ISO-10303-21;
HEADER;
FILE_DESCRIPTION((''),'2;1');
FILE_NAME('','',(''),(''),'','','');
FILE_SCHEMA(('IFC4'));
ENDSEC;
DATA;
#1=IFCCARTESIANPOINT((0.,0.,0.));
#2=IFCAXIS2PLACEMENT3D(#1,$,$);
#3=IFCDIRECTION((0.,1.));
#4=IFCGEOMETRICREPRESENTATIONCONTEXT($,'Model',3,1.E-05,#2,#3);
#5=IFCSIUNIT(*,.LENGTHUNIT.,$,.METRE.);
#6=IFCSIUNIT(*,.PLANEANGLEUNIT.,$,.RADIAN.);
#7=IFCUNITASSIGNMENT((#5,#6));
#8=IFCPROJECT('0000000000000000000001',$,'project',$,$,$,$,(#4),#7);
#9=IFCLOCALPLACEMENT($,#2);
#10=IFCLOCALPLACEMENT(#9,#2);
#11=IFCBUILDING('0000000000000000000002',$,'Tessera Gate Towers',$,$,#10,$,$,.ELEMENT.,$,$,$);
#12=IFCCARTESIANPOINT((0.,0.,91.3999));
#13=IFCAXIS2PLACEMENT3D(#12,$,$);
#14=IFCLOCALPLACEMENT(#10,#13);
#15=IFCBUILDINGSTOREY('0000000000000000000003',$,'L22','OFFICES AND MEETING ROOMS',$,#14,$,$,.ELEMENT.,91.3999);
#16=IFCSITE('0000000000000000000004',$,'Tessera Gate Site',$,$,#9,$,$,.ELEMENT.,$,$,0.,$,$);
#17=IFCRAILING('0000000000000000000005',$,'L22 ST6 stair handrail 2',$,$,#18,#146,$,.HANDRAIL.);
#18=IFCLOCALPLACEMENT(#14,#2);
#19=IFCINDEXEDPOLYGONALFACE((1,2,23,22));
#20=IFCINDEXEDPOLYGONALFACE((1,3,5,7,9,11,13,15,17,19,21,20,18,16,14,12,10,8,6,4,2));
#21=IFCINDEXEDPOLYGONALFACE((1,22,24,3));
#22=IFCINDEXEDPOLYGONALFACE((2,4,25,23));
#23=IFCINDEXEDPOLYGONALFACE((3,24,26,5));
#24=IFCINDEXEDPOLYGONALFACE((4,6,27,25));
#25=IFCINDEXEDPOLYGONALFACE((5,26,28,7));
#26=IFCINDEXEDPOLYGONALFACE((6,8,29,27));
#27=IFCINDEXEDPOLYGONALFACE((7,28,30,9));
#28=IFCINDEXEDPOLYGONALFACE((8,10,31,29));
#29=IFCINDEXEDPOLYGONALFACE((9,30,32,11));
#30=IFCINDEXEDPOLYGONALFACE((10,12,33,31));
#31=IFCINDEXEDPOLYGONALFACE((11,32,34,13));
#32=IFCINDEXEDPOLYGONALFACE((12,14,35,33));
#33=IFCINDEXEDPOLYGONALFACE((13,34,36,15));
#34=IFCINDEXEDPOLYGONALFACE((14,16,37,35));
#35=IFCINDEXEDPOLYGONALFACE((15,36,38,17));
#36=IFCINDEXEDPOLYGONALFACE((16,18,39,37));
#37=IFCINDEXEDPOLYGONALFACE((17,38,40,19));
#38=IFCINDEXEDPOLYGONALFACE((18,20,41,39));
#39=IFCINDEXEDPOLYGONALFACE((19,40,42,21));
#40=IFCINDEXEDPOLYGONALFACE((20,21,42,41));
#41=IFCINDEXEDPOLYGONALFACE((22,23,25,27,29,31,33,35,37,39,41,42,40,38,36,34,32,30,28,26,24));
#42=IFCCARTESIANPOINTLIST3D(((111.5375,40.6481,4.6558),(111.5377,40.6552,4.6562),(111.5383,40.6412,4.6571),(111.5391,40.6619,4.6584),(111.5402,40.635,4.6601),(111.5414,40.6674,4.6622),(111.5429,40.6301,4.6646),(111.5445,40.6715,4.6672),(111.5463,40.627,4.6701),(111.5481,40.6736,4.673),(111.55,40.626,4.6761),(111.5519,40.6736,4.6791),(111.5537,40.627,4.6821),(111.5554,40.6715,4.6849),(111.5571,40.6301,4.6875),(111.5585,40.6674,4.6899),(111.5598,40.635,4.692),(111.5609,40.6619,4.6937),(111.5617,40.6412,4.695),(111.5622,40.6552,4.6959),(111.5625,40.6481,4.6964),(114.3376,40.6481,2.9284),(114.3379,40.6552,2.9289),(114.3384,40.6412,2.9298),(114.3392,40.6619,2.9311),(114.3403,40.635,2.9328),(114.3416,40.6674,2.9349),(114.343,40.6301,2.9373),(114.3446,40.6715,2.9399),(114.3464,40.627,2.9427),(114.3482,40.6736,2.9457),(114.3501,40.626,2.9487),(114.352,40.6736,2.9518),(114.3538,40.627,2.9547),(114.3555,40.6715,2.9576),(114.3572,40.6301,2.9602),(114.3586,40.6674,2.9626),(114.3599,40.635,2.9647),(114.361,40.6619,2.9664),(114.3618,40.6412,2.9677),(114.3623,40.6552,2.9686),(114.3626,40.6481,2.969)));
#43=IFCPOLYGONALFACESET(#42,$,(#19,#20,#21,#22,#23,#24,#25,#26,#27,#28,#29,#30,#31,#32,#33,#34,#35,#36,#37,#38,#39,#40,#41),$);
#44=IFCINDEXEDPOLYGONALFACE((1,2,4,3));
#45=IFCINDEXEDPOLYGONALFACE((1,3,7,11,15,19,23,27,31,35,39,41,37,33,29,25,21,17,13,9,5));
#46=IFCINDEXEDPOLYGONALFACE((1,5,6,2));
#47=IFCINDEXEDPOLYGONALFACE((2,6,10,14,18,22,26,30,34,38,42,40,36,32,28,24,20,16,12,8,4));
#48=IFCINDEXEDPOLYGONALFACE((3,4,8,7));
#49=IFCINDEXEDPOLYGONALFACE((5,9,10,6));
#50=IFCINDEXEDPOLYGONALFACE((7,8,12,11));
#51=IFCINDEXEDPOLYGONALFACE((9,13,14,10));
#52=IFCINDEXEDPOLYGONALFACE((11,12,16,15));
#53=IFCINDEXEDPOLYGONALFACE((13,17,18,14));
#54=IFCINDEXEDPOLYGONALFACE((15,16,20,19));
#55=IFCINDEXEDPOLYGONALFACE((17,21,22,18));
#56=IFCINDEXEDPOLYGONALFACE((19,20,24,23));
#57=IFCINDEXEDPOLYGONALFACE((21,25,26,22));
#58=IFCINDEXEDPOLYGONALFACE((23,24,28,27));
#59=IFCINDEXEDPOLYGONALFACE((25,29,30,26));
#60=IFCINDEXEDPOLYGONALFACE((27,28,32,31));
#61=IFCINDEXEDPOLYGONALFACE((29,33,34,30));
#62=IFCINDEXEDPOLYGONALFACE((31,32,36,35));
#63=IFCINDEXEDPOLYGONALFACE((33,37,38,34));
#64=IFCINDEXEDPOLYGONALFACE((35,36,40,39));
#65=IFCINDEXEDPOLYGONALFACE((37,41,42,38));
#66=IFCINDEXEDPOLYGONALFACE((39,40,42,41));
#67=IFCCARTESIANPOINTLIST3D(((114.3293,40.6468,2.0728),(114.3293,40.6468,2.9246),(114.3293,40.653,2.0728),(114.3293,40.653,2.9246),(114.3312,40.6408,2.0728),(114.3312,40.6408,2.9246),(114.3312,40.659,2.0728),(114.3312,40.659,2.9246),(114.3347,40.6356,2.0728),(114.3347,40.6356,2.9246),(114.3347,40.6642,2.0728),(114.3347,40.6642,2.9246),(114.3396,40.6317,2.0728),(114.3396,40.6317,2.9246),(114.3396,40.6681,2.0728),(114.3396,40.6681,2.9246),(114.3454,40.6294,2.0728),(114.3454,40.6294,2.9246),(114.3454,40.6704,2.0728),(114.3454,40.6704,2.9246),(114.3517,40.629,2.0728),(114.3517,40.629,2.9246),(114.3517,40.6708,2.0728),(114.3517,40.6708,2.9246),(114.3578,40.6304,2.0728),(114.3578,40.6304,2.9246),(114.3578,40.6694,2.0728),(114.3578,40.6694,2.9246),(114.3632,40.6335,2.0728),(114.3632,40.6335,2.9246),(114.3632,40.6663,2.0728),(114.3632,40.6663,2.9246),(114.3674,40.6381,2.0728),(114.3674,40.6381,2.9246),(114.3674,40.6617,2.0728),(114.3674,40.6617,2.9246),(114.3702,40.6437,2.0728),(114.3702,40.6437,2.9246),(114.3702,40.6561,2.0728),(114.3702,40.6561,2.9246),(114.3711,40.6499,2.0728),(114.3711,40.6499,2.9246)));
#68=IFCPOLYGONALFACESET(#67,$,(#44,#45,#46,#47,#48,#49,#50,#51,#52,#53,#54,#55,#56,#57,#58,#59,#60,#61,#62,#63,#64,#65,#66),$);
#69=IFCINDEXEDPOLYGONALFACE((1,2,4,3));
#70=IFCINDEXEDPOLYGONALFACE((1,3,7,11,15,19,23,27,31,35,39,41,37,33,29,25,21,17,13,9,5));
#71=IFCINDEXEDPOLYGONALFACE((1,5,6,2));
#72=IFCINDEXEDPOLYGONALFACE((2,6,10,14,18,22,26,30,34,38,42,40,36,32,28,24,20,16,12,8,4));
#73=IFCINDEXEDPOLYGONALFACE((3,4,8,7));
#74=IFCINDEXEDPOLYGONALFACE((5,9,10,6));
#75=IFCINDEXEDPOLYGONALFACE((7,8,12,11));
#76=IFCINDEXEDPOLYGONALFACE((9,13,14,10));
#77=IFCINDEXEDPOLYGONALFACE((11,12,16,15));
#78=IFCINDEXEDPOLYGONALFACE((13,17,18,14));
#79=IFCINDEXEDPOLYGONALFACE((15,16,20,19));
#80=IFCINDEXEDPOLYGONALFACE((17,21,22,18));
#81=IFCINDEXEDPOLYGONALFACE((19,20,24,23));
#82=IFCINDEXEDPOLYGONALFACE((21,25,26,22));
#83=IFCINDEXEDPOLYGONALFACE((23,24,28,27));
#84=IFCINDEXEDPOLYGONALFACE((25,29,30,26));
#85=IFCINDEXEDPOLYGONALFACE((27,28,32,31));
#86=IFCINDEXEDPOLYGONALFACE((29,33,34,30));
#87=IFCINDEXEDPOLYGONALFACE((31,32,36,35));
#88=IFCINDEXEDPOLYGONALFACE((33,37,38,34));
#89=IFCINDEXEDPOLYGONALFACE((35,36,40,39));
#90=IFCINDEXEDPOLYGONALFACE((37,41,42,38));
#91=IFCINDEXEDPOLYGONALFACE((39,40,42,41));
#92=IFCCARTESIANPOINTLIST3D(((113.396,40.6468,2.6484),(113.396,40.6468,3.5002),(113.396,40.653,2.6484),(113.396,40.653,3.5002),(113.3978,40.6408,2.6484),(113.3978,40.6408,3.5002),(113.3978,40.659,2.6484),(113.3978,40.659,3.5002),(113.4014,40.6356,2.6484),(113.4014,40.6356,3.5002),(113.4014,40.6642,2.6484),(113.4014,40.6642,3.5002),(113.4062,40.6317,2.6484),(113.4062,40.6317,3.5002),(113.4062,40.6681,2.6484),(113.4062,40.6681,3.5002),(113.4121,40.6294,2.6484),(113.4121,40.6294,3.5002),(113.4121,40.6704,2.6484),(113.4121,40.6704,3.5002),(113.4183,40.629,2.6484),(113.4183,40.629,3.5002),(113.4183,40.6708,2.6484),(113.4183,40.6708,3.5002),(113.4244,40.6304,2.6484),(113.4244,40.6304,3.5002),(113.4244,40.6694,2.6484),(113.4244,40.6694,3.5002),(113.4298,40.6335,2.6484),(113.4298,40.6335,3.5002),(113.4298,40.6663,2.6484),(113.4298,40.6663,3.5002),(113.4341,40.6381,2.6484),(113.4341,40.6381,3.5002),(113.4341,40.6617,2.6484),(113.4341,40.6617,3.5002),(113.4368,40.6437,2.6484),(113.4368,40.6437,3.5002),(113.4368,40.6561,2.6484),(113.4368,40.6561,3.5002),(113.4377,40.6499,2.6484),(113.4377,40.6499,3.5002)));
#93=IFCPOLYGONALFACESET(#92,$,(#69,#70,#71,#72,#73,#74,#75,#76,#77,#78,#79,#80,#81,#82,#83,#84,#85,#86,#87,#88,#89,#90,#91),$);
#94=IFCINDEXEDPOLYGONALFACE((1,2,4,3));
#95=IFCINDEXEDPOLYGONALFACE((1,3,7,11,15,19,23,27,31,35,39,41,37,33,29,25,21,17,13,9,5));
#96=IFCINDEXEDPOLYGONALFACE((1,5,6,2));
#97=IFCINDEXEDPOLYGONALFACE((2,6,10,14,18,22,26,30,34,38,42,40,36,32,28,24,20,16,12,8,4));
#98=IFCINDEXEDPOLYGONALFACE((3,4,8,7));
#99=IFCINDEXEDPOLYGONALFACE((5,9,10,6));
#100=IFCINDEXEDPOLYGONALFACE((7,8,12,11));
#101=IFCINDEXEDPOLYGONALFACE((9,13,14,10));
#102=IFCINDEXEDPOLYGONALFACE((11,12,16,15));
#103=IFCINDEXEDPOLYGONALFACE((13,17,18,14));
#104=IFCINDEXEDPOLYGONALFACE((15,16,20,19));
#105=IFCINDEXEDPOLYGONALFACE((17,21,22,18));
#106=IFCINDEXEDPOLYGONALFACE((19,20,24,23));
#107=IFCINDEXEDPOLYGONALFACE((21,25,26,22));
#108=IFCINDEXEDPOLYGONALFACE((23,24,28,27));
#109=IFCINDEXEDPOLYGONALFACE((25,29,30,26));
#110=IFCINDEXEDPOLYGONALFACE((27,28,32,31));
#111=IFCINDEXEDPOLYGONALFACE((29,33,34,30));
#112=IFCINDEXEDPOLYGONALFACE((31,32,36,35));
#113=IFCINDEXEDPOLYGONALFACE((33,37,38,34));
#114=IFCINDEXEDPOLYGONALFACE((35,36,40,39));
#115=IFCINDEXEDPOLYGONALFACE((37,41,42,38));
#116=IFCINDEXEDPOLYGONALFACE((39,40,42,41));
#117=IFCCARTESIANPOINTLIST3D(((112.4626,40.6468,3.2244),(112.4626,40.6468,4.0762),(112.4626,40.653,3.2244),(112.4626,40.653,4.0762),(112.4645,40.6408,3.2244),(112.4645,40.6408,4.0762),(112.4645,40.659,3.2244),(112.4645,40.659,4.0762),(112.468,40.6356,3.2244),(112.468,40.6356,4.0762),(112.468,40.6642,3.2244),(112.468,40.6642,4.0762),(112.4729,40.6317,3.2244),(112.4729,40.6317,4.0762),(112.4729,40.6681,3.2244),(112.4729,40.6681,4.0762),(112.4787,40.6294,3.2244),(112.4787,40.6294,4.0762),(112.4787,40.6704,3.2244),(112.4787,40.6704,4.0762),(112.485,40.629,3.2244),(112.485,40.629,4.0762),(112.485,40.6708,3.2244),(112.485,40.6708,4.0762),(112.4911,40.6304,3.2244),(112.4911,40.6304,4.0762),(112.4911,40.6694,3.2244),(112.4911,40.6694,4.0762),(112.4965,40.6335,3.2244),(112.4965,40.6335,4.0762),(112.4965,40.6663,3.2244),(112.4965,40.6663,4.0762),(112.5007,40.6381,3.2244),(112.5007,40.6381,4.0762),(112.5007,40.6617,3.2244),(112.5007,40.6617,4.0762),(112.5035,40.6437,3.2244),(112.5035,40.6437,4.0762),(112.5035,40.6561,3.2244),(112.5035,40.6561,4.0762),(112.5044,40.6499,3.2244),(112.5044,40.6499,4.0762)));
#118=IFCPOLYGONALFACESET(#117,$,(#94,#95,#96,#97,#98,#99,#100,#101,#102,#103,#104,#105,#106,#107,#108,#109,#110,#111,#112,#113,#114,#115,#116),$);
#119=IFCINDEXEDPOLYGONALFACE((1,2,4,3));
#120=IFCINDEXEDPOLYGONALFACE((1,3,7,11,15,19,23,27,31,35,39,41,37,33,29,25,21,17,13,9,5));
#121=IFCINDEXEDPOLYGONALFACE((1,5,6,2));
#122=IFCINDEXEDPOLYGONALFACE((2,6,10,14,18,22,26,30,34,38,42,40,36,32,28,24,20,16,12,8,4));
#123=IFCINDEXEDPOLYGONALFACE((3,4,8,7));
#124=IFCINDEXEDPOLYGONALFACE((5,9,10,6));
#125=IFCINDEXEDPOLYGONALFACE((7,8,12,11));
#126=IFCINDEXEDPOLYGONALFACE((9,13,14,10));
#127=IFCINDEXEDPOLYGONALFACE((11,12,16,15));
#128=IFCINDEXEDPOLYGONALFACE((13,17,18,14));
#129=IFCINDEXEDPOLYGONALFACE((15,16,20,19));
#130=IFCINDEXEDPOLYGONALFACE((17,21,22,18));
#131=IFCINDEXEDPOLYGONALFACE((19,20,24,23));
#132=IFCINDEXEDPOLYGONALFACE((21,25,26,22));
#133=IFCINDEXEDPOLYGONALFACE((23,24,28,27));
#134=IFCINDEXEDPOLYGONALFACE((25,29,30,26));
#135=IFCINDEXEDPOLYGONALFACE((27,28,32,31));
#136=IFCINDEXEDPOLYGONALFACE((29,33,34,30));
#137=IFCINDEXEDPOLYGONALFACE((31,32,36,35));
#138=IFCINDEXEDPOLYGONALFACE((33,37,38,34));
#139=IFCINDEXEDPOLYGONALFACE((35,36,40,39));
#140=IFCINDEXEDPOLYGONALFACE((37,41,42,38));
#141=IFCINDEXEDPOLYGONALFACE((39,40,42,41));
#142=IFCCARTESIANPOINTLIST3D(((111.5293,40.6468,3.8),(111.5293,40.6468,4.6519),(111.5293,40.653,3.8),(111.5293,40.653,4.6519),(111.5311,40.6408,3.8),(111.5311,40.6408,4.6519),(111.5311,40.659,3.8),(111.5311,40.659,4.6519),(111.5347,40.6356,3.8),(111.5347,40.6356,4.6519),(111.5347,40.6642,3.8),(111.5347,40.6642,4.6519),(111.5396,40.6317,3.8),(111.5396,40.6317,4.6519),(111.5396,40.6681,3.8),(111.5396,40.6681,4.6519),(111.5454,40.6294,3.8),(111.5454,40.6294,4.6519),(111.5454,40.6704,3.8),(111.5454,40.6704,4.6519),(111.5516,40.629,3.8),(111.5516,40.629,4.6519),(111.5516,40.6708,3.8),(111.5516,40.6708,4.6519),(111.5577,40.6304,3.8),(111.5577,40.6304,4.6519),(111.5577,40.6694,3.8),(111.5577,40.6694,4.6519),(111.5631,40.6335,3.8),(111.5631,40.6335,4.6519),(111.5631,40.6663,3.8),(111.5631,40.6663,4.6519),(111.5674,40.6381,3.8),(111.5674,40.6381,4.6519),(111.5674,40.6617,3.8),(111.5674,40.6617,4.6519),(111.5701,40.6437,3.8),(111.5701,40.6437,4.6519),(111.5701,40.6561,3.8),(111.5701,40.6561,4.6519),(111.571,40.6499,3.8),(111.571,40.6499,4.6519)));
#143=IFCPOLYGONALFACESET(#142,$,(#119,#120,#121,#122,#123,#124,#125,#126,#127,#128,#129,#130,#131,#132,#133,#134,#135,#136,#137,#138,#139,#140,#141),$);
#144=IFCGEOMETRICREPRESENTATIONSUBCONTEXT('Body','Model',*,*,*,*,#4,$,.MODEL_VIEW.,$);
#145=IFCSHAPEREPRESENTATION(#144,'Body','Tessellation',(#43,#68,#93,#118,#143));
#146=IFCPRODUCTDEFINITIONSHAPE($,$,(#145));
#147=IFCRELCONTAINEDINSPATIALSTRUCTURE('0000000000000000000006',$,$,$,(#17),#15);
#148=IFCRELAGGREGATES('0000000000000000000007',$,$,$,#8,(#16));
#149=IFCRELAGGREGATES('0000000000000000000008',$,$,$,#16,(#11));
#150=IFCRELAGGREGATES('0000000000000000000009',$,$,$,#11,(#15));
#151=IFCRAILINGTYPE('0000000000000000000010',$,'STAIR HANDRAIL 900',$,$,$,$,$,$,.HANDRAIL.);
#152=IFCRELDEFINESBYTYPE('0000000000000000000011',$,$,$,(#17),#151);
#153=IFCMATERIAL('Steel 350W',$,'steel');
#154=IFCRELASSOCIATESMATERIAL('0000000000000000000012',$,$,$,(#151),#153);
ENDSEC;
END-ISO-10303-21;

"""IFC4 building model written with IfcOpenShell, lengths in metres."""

from ifc_helpers import new_model, si_unit, direction, frame, origin, origin_2d, place, context, subcontext, project, spatial, circle, extrude, material, type_object, element, save


model = new_model("IFC4")

# Units and contexts
model_context = context("Model", 3, precision=1e-05, world=origin(), true_north=direction((0.0, 1.0)))
body_context = subcontext(model_context, "Body", "Model", "MODEL_VIEW")
ifc_project = project(units=[si_unit("LENGTHUNIT", "METRE"), si_unit("PLANEANGLEUNIT", "RADIAN")], contexts=[model_context])

# Site, building, storey
site_placement = place(None, origin())
site = spatial("IfcSite", under=ifc_project, at=site_placement, Name="Tessera Gate Site", CompositionType="ELEMENT", RefElevation=0.0)
building_placement = place(site_placement, origin())
building = spatial("IfcBuilding", under=site, at=building_placement, Name="Tessera Gate Towers", CompositionType="ELEMENT")
storey_placement = place(building_placement, frame((0.0, 0.0, 91.3999)))
storey = spatial("IfcBuildingStorey", under=building, at=storey_placement, Name="L22", Description="OFFICES AND MEETING ROOMS", CompositionType="ELEMENT", Elevation=91.3999)

# Railing
ifc_material_1 = material(Name="Steel 350W", Category="steel")
railing_type = type_object("IfcRailingType", Name="STAIR HANDRAIL 900", PredefinedType="HANDRAIL", material=ifc_material_1)
railing_placement = place(storey_placement, frame((114.3501, 40.6499, 2.0728)))
element("IfcRailing", 1, at=railing_placement, inside=storey, type_object=railing_type, Name="L22 ST6 stair handrail 2", PredefinedType="HANDRAIL", context=body_context, shape_type="SweptSolid", body=[
    extrude(circle(Radius=0.0239, at=origin_2d()), frame((0.0, 0.0, 0.876), z_axis=(-0.85109, 0.0, 0.52502), x_axis=(0.0, -1.0, 0.0)), (0.0, 0.0, 1.0), 3.29),
    extrude(circle(Radius=0.021, at=origin_2d()), origin(), (0.0, 0.0, 1.0), 0.8518),
    extrude(circle(Radius=0.021, at=origin_2d()), frame((-0.9333, 0.0, 0.5757)), (0.0, 0.0, 1.0), 0.8518),
    extrude(circle(Radius=0.021, at=origin_2d()), frame((-1.8667, 0.0, 1.1516)), (0.0, 0.0, 1.0), 0.8518),
    extrude(circle(Radius=0.021, at=origin_2d()), frame((-2.8, 0.0, 1.7273)), (0.0, 0.0, 1.0), 0.8518),
])

save(model, "model.ifc")
